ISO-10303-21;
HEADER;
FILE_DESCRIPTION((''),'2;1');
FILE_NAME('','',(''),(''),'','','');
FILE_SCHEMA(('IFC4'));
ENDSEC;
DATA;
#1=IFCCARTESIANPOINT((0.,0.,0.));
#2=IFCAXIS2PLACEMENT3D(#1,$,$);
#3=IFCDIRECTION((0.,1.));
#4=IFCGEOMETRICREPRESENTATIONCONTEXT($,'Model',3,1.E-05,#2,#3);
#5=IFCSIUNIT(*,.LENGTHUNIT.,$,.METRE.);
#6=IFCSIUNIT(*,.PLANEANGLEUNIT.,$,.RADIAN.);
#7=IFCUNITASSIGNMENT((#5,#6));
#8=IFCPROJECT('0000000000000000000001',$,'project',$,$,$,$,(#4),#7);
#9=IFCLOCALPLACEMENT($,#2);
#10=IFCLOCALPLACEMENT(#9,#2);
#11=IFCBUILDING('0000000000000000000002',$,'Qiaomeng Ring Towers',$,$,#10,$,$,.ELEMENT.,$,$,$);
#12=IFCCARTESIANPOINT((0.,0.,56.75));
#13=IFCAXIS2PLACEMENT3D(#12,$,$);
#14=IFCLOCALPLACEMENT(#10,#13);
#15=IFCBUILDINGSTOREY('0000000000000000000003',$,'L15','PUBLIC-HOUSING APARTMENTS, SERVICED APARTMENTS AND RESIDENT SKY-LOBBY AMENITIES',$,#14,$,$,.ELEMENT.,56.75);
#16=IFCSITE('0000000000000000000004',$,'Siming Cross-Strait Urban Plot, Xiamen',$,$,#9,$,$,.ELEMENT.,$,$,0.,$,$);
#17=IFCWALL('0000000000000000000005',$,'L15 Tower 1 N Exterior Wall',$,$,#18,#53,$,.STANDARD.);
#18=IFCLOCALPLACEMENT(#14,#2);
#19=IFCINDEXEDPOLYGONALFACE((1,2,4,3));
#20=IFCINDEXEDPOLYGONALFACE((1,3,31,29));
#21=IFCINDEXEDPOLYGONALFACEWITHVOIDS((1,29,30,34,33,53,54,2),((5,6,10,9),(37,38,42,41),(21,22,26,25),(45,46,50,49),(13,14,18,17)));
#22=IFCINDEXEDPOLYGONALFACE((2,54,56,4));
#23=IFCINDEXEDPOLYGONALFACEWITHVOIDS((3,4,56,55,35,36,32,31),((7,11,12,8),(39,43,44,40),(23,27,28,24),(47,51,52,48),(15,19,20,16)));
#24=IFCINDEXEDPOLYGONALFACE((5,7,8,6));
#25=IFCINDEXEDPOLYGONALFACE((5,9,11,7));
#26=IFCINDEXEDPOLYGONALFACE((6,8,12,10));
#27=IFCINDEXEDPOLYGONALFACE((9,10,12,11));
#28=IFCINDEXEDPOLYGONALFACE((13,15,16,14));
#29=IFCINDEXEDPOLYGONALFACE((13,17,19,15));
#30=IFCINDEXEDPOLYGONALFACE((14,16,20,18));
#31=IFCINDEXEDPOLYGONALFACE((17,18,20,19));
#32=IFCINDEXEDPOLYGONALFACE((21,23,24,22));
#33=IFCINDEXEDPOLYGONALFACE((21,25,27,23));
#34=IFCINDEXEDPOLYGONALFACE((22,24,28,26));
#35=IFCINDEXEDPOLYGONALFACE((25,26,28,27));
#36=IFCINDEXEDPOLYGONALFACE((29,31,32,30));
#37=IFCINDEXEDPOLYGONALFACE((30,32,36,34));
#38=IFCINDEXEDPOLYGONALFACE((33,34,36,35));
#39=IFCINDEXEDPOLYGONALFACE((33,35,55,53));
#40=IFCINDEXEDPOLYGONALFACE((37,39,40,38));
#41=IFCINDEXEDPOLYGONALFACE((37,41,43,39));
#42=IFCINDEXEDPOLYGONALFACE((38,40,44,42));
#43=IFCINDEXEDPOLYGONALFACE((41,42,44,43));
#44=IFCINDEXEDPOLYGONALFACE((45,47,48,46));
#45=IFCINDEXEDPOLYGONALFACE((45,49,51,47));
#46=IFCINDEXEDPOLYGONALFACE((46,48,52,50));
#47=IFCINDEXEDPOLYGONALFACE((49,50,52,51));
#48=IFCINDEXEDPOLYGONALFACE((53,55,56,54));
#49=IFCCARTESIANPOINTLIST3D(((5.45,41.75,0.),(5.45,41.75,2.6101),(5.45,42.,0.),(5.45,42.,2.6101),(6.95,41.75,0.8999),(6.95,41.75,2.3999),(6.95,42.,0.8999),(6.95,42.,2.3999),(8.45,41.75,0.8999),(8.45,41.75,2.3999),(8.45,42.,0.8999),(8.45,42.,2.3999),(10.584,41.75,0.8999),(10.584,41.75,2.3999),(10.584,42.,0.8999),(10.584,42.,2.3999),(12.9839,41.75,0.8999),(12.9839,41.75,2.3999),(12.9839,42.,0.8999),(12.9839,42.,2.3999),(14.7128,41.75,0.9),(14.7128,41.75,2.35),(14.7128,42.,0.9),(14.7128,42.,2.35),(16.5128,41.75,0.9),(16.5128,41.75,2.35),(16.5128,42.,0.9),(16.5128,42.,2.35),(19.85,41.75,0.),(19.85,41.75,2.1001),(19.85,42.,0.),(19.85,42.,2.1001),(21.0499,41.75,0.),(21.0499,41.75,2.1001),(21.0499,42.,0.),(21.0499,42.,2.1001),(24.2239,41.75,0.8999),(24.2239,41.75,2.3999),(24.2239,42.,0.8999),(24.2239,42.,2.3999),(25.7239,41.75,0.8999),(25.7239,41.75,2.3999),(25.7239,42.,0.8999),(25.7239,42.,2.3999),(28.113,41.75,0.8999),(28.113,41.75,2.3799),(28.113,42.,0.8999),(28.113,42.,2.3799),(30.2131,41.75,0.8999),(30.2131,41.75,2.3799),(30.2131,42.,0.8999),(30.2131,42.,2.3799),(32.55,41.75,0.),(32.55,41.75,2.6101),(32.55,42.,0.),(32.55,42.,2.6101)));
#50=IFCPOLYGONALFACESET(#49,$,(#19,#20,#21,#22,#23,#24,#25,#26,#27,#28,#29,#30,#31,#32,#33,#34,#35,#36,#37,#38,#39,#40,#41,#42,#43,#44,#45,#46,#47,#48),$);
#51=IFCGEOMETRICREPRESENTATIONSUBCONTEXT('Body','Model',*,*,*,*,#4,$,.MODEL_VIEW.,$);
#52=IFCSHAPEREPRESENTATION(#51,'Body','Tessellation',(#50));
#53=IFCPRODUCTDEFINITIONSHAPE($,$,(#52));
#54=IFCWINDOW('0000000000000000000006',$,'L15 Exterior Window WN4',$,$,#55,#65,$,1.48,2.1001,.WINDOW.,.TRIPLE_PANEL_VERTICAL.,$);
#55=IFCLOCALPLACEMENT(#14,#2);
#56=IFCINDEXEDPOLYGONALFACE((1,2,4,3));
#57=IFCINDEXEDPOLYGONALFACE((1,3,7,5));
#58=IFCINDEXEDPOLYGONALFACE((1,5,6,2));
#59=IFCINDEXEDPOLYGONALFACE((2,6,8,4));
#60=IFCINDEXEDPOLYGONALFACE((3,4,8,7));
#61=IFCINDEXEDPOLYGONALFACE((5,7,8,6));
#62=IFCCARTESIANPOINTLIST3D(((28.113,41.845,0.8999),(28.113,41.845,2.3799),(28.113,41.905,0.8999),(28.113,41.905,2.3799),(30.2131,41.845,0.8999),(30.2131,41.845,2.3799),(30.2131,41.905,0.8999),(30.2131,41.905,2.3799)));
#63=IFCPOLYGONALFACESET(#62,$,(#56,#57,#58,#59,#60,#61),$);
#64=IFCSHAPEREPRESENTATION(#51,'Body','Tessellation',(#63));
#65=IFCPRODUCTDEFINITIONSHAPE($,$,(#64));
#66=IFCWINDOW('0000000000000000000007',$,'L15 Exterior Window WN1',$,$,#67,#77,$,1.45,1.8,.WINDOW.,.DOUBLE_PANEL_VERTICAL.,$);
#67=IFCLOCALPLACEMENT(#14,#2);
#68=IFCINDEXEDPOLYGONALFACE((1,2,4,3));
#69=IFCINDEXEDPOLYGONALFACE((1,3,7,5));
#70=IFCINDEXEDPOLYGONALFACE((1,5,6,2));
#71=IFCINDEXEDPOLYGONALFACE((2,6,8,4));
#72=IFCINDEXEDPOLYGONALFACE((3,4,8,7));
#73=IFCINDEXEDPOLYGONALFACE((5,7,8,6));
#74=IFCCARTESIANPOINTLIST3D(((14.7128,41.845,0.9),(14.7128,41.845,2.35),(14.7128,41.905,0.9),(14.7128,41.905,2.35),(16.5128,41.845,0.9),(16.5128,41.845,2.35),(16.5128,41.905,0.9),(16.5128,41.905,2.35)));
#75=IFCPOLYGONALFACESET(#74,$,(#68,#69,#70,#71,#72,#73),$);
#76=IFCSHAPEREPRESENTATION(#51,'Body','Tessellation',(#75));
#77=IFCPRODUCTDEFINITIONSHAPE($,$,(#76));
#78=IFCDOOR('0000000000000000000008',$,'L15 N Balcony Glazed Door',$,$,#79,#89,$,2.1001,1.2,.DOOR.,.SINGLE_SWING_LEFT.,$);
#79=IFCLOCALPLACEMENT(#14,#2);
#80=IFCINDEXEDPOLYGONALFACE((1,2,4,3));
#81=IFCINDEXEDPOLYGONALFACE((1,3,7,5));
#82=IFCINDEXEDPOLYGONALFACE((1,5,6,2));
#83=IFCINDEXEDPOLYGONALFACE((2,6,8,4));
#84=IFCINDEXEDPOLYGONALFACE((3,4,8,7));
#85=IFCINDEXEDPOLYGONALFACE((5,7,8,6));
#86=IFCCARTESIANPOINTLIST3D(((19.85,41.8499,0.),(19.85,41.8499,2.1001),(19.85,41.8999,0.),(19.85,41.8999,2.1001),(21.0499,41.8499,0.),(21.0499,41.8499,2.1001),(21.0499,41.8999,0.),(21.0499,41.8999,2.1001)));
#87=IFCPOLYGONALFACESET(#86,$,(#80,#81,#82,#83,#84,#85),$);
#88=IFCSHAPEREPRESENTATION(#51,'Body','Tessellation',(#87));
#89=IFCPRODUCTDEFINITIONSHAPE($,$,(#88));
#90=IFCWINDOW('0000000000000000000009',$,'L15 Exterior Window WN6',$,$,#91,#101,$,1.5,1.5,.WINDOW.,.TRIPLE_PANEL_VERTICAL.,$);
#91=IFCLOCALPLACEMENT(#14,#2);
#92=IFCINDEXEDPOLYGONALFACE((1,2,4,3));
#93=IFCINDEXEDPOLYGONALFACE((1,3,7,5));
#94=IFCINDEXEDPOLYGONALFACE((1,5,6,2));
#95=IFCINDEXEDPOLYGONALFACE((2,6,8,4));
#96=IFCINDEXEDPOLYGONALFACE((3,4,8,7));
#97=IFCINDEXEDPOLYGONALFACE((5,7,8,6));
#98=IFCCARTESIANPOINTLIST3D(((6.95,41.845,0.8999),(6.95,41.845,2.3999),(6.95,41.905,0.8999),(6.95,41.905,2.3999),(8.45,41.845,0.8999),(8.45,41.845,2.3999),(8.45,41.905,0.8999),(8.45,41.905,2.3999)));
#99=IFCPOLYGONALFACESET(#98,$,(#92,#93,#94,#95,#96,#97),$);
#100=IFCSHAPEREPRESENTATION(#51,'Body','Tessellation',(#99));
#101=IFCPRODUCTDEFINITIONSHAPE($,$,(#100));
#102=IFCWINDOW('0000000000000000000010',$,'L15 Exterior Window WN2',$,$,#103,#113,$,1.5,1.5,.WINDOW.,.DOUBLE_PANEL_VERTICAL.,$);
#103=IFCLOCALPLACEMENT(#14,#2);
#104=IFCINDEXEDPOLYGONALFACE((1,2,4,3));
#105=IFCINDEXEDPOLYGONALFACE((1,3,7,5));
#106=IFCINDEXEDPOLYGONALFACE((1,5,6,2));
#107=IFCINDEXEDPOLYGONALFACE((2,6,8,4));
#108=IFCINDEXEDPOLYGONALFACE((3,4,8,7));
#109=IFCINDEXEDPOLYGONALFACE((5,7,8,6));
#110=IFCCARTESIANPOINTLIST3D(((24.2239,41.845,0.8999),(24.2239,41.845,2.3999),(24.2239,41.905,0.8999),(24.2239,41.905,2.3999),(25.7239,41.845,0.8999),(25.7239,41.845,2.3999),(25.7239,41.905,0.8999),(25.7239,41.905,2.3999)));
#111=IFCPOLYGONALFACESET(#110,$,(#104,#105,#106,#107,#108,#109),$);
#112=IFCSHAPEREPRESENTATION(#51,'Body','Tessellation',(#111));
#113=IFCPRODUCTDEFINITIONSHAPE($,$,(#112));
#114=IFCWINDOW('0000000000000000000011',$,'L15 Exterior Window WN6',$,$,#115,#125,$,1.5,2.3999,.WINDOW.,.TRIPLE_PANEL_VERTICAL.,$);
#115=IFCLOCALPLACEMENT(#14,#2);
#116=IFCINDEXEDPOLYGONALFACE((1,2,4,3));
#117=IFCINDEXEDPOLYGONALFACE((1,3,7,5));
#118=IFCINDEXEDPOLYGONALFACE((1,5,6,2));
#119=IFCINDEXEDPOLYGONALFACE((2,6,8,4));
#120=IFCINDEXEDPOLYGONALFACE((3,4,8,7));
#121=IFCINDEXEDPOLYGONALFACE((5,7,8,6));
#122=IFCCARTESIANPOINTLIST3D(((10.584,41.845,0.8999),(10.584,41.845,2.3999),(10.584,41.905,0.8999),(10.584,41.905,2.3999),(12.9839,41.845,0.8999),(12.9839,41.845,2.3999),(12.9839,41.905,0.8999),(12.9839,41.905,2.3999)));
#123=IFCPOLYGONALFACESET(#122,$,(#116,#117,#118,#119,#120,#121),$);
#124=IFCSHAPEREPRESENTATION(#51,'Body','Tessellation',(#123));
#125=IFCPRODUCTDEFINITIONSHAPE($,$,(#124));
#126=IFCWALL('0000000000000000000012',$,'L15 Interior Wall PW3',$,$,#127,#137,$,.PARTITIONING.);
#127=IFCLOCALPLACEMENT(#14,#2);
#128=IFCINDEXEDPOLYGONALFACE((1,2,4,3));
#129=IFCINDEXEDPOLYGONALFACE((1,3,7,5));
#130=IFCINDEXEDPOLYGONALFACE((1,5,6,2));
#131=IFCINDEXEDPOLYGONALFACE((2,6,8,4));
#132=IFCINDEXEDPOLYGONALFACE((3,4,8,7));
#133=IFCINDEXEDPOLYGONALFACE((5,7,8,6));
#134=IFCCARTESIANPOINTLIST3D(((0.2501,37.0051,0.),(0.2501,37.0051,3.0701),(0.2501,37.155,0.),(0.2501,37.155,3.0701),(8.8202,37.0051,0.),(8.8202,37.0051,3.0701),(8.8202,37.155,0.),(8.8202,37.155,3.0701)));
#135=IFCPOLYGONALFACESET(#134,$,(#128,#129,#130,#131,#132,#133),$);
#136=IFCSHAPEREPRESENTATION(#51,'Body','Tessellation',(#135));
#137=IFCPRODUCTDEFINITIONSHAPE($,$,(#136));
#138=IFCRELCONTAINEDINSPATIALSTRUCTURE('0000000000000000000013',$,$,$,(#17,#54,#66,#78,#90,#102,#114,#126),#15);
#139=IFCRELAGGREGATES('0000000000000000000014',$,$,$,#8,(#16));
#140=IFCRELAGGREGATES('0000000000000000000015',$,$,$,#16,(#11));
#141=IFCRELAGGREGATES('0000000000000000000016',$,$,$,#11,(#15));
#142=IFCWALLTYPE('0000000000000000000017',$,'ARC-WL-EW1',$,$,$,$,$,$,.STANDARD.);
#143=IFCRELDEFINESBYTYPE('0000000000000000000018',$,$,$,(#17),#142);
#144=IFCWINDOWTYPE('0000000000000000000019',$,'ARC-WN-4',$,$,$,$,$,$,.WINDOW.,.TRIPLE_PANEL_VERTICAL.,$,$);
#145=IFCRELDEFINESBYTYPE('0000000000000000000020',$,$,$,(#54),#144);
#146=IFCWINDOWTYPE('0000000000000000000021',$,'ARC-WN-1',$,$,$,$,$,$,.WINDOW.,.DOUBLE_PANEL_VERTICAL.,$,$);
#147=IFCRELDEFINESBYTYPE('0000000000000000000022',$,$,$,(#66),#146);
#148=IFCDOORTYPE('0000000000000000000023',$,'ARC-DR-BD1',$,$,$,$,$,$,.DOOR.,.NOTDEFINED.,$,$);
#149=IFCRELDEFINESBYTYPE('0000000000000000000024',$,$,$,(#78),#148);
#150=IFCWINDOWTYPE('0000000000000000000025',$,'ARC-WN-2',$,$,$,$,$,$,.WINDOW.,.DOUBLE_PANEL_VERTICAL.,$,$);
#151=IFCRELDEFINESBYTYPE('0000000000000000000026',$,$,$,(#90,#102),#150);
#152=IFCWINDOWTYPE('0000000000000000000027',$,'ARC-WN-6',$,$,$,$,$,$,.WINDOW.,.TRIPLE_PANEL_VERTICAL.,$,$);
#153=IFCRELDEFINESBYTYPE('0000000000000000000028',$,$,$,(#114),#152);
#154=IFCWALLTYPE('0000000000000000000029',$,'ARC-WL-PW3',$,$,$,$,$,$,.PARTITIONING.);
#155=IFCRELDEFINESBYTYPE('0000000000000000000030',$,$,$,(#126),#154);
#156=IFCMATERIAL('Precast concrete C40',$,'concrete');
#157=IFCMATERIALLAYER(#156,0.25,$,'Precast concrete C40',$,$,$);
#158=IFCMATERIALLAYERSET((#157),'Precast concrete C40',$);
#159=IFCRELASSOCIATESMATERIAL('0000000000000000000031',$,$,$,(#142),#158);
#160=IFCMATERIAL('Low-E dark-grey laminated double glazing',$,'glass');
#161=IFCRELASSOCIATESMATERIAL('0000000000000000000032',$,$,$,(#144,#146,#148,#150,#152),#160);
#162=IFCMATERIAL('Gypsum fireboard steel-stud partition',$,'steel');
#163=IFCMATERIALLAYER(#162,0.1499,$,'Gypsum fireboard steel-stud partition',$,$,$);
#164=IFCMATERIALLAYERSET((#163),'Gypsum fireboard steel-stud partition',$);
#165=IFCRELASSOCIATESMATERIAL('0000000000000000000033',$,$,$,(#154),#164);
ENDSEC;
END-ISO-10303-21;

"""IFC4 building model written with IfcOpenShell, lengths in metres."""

from ifc_helpers import new_model, si_unit, direction, frame, frame_2d, origin, place, context, subcontext, project, spatial, rectangle, extrude, source, transform, mapped, material, layer, layer_set, type_object, element, fill, save


model = new_model("IFC4")

# Units and contexts
model_context = context("Model", 3, precision=1e-05, world=origin(), true_north=direction((0.0, 1.0)))
body_context = subcontext(model_context, "Body", "Model", "MODEL_VIEW")
ifc_project = project(units=[si_unit("LENGTHUNIT", "METRE"), si_unit("PLANEANGLEUNIT", "RADIAN")], contexts=[model_context])

# Site, building, storey
site_placement = place(None, origin())
site = spatial("IfcSite", under=ifc_project, at=site_placement, Name="Siming Cross-Strait Urban Plot, Xiamen", CompositionType="ELEMENT", RefElevation=0.0)
building_placement = place(site_placement, origin())
building = spatial("IfcBuilding", under=site, at=building_placement, Name="Qiaomeng Ring Towers", CompositionType="ELEMENT")
storey_placement = place(building_placement, frame((0.0, 0.0, 56.75)))
storey = spatial("IfcBuildingStorey", under=building, at=storey_placement, Name="L15", Description="PUBLIC-HOUSING APARTMENTS, SERVICED APARTMENTS AND RESIDENT SKY-LOBBY AMENITIES", CompositionType="ELEMENT", Elevation=56.75)

# Shared definitions
ifc_material_1 = material(Name="Low-E dark-grey laminated double glazing", Category="glass")

# Wall, openings, windows, door
ifc_material_2 = material(Name="Precast concrete C40", Category="concrete")
ifc_layer_1 = layer(ifc_material_2, 0.25, Name="Precast concrete C40")
ifc_layer_set_1 = layer_set([ifc_layer_1], Name="Precast concrete C40")
wall_type_1 = type_object("IfcWallType", Name="ARC-WL-EW1", PredefinedType="STANDARD", material=ifc_layer_set_1)
wall_1_placement = place(storey_placement, frame((5.45, 41.875, 0.0), z_axis=(0.0, 0.0, 1.0), x_axis=(1.0, 0.0, 0.0)))
wall_1 = element("IfcWall", 1, at=wall_1_placement, inside=storey, type_object=wall_type_1, Name="L15 Tower 1 N Exterior Wall", PredefinedType="STANDARD", context=body_context, shape_type="SweptSolid", body=[
    extrude(rectangle(XDim=27.1001, YDim=0.25, at=frame_2d((13.55, 0.0))), origin(), (0.0, 0.0, 1.0), 2.6101),
])
opening_1_placement = place(wall_1_placement, frame((14.3999, 0.0, 0.0)))
opening_1 = element("IfcOpeningElement", 2, at=opening_1_placement, cuts=wall_1, PredefinedType="OPENING", context=body_context, shape_type="SweptSolid", body=[
    extrude(rectangle(XDim=1.2, YDim=2.1001, at=frame_2d((0.6001, 1.05))), frame((0.0, 0.135, 0.0), z_axis=(0.0, -1.0, 0.0), x_axis=(1.0, 0.0, 0.0)), (0.0, 0.0, 1.0), 0.27),
])
opening_2_placement = place(wall_1_placement, frame((1.5, 0.0, 0.8999)))
opening_2 = element("IfcOpeningElement", 3, at=opening_2_placement, cuts=wall_1, PredefinedType="OPENING", context=body_context, shape_type="SweptSolid", body=[
    extrude(rectangle(XDim=1.5, YDim=1.5, at=frame_2d((0.75, 0.75))), frame((0.0, 0.135, 0.0), z_axis=(0.0, -1.0, 0.0), x_axis=(1.0, 0.0, 0.0)), (0.0, 0.0, 1.0), 0.27),
])
opening_3_placement = place(wall_1_placement, frame((9.2629, 0.0, 0.8999)))
opening_3 = element("IfcOpeningElement", 4, at=opening_3_placement, cuts=wall_1, PredefinedType="OPENING", context=body_context, shape_type="SweptSolid", body=[
    extrude(rectangle(XDim=1.8, YDim=1.45, at=frame_2d((0.8999, 0.7251))), frame((0.0, 0.135, 0.0), z_axis=(0.0, -1.0, 0.0), x_axis=(1.0, 0.0, 0.0)), (0.0, 0.0, 1.0), 0.27),
])
opening_4_placement = place(wall_1_placement, frame((18.7739, 0.0, 0.8999)))
opening_4 = element("IfcOpeningElement", 5, at=opening_4_placement, cuts=wall_1, PredefinedType="OPENING", context=body_context, shape_type="SweptSolid", body=[
    extrude(rectangle(XDim=1.5, YDim=1.5, at=frame_2d((0.75, 0.75))), frame((0.0, 0.135, 0.0), z_axis=(0.0, -1.0, 0.0), x_axis=(1.0, 0.0, 0.0)), (0.0, 0.0, 1.0), 0.27),
])
opening_5_placement = place(wall_1_placement, frame((22.6631, 0.0, 0.8999)))
opening_5 = element("IfcOpeningElement", 6, at=opening_5_placement, cuts=wall_1, PredefinedType="OPENING", context=body_context, shape_type="SweptSolid", body=[
    extrude(rectangle(XDim=2.1001, YDim=1.48, at=frame_2d((1.05, 0.74))), frame((0.0, 0.135, 0.0), z_axis=(0.0, -1.0, 0.0), x_axis=(1.0, 0.0, 0.0)), (0.0, 0.0, 1.0), 0.27),
])
opening_6_placement = place(wall_1_placement, frame((5.134, 0.0, 0.8999)))
opening_6 = element("IfcOpeningElement", 7, at=opening_6_placement, cuts=wall_1, PredefinedType="OPENING", context=body_context, shape_type="SweptSolid", body=[
    extrude(rectangle(XDim=2.3999, YDim=1.5, at=frame_2d((1.2, 0.75))), frame((0.0, 0.135, 0.0), z_axis=(0.0, -1.0, 0.0), x_axis=(1.0, 0.0, 0.0)), (0.0, 0.0, 1.0), 0.27),
])
window_type_1 = type_object("IfcWindowType", Name="ARC-WN-4", PartitioningType="TRIPLE_PANEL_VERTICAL", PredefinedType="WINDOW", material=ifc_material_1)
shared_shape_1 = source(origin(), body_context, "Body", "SweptSolid", [
    extrude(rectangle(XDim=2.1001, YDim=1.48, at=frame_2d((1.05, 0.74))), frame((0.0, 0.03, 0.0), z_axis=(0.0, -1.0, 0.0), x_axis=(1.0, 0.0, 0.0)), (0.0, 0.0, 1.0), 0.0601),
])
window_1_placement = place(opening_5_placement, origin())
window_1 = element("IfcWindow", 8, at=window_1_placement, inside=storey, type_object=window_type_1, Name="L15 Exterior Window WN4", OverallHeight=1.48, OverallWidth=2.1001, PartitioningType="TRIPLE_PANEL_VERTICAL", PredefinedType="WINDOW", context=body_context, shape_type="MappedRepresentation", body=[
    mapped(shared_shape_1, transform((0.0, 0.0, 0.0), x_axis=(1.0, 0.0, 0.0), y_axis=(0.0, 1.0, 0.0), z_axis=(0.0, 0.0, 1.0), scale=1.0)),
])
fill(opening_5, window_1)
window_type_2 = type_object("IfcWindowType", Name="ARC-WN-1", PartitioningType="DOUBLE_PANEL_VERTICAL", PredefinedType="WINDOW", material=ifc_material_1)
shared_shape_2 = source(origin(), body_context, "Body", "SweptSolid", [
    extrude(rectangle(XDim=1.8, YDim=1.45, at=frame_2d((0.8999, 0.7251))), frame((0.0, 0.03, 0.0), z_axis=(0.0, -1.0, 0.0), x_axis=(1.0, 0.0, 0.0)), (0.0, 0.0, 1.0), 0.0601),
])
window_2_placement = place(opening_3_placement, origin())
window_2 = element("IfcWindow", 9, at=window_2_placement, inside=storey, type_object=window_type_2, Name="L15 Exterior Window WN1", OverallHeight=1.45, OverallWidth=1.8, PartitioningType="DOUBLE_PANEL_VERTICAL", PredefinedType="WINDOW", context=body_context, shape_type="MappedRepresentation", body=[
    mapped(shared_shape_2, transform((0.0, 0.0, 0.0), x_axis=(1.0, 0.0, 0.0), y_axis=(0.0, 1.0, 0.0), z_axis=(0.0, 0.0, 1.0), scale=1.0)),
])
fill(opening_3, window_2)
door_type_1 = type_object("IfcDoorType", Name="ARC-DR-BD1", OperationType="NOTDEFINED", PredefinedType="DOOR", material=ifc_material_1)
shared_shape_3 = source(origin(), body_context, "Body", "SweptSolid", [
    extrude(rectangle(XDim=1.2, YDim=2.1001, at=frame_2d((0.6001, 1.05))), frame((0.0, 0.0249, 0.0), z_axis=(0.0, -1.0, 0.0), x_axis=(1.0, 0.0, 0.0)), (0.0, 0.0, 1.0), 0.05),
])
door_1_placement = place(opening_1_placement, origin())
door_1 = element("IfcDoor", 10, at=door_1_placement, inside=storey, type_object=door_type_1, Name="L15 N Balcony Glazed Door", OperationType="SINGLE_SWING_LEFT", OverallHeight=2.1001, OverallWidth=1.2, PredefinedType="DOOR", context=body_context, shape_type="MappedRepresentation", body=[
    mapped(shared_shape_3, transform((0.0, 0.0, 0.0), x_axis=(1.0, 0.0, 0.0), y_axis=(0.0, 1.0, 0.0), z_axis=(0.0, 0.0, 1.0), scale=1.0)),
])
fill(opening_1, door_1)
window_type_3 = type_object("IfcWindowType", Name="ARC-WN-2", PartitioningType="DOUBLE_PANEL_VERTICAL", PredefinedType="WINDOW", material=ifc_material_1)
shared_shape_4 = source(origin(), body_context, "Body", "SweptSolid", [
    extrude(rectangle(XDim=1.5, YDim=1.5, at=frame_2d((0.75, 0.75))), frame((0.0, 0.03, 0.0), z_axis=(0.0, -1.0, 0.0), x_axis=(1.0, 0.0, 0.0)), (0.0, 0.0, 1.0), 0.0601),
])
window_3_placement = place(opening_2_placement, origin())
window_3 = element("IfcWindow", 11, at=window_3_placement, inside=storey, type_object=window_type_3, Name="L15 Exterior Window WN6", OverallHeight=1.5, OverallWidth=1.5, PartitioningType="TRIPLE_PANEL_VERTICAL", PredefinedType="WINDOW", context=body_context, shape_type="MappedRepresentation", body=[
    mapped(shared_shape_4, transform((0.0, 0.0, 0.0), x_axis=(1.0, 0.0, 0.0), y_axis=(0.0, 1.0, 0.0), z_axis=(0.0, 0.0, 1.0), scale=1.0)),
])
fill(opening_2, window_3)
window_4_placement = place(opening_4_placement, origin())
window_4 = element("IfcWindow", 12, at=window_4_placement, inside=storey, type_object=window_type_3, Name="L15 Exterior Window WN2", OverallHeight=1.5, OverallWidth=1.5, PartitioningType="DOUBLE_PANEL_VERTICAL", PredefinedType="WINDOW", context=body_context, shape_type="MappedRepresentation", body=[
    mapped(shared_shape_4, transform((0.0, 0.0, 0.0), x_axis=(1.0, 0.0, 0.0), y_axis=(0.0, 1.0, 0.0), z_axis=(0.0, 0.0, 1.0), scale=1.0)),
])
fill(opening_4, window_4)
window_type_4 = type_object("IfcWindowType", Name="ARC-WN-6", PartitioningType="TRIPLE_PANEL_VERTICAL", PredefinedType="WINDOW", material=ifc_material_1)
shared_shape_5 = source(origin(), body_context, "Body", "SweptSolid", [
    extrude(rectangle(XDim=2.3999, YDim=1.5, at=frame_2d((1.2, 0.75))), frame((0.0, 0.03, 0.0), z_axis=(0.0, -1.0, 0.0), x_axis=(1.0, 0.0, 0.0)), (0.0, 0.0, 1.0), 0.0601),
])
window_5_placement = place(opening_6_placement, origin())
window_5 = element("IfcWindow", 13, at=window_5_placement, inside=storey, type_object=window_type_4, Name="L15 Exterior Window WN6", OverallHeight=1.5, OverallWidth=2.3999, PartitioningType="TRIPLE_PANEL_VERTICAL", PredefinedType="WINDOW", context=body_context, shape_type="MappedRepresentation", body=[
    mapped(shared_shape_5, transform((0.0, 0.0, 0.0), x_axis=(1.0, 0.0, 0.0), y_axis=(0.0, 1.0, 0.0), z_axis=(0.0, 0.0, 1.0), scale=1.0)),
])
fill(opening_6, window_5)

# Wall
ifc_material_3 = material(Name="Gypsum fireboard steel-stud partition", Category="steel")
ifc_layer_2 = layer(ifc_material_3, 0.1499, Name="Gypsum fireboard steel-stud partition")
ifc_layer_set_2 = layer_set([ifc_layer_2], Name="Gypsum fireboard steel-stud partition")
wall_type_2 = type_object("IfcWallType", Name="ARC-WL-PW3", PredefinedType="PARTITIONING", material=ifc_layer_set_2)
wall_2_placement = place(storey_placement, frame((0.25, 37.0801, 0.0), z_axis=(0.0, 0.0, 1.0), x_axis=(1.0, 0.0, 0.0)))
element("IfcWall", 14, at=wall_2_placement, inside=storey, type_object=wall_type_2, Name="L15 Interior Wall PW3", PredefinedType="PARTITIONING", context=body_context, shape_type="SweptSolid", body=[
    extrude(rectangle(XDim=8.5701, YDim=0.1499, at=frame_2d((4.2852, 0.0))), origin(), (0.0, 0.0, 1.0), 3.0701),
])

save(model, "model.ifc")
